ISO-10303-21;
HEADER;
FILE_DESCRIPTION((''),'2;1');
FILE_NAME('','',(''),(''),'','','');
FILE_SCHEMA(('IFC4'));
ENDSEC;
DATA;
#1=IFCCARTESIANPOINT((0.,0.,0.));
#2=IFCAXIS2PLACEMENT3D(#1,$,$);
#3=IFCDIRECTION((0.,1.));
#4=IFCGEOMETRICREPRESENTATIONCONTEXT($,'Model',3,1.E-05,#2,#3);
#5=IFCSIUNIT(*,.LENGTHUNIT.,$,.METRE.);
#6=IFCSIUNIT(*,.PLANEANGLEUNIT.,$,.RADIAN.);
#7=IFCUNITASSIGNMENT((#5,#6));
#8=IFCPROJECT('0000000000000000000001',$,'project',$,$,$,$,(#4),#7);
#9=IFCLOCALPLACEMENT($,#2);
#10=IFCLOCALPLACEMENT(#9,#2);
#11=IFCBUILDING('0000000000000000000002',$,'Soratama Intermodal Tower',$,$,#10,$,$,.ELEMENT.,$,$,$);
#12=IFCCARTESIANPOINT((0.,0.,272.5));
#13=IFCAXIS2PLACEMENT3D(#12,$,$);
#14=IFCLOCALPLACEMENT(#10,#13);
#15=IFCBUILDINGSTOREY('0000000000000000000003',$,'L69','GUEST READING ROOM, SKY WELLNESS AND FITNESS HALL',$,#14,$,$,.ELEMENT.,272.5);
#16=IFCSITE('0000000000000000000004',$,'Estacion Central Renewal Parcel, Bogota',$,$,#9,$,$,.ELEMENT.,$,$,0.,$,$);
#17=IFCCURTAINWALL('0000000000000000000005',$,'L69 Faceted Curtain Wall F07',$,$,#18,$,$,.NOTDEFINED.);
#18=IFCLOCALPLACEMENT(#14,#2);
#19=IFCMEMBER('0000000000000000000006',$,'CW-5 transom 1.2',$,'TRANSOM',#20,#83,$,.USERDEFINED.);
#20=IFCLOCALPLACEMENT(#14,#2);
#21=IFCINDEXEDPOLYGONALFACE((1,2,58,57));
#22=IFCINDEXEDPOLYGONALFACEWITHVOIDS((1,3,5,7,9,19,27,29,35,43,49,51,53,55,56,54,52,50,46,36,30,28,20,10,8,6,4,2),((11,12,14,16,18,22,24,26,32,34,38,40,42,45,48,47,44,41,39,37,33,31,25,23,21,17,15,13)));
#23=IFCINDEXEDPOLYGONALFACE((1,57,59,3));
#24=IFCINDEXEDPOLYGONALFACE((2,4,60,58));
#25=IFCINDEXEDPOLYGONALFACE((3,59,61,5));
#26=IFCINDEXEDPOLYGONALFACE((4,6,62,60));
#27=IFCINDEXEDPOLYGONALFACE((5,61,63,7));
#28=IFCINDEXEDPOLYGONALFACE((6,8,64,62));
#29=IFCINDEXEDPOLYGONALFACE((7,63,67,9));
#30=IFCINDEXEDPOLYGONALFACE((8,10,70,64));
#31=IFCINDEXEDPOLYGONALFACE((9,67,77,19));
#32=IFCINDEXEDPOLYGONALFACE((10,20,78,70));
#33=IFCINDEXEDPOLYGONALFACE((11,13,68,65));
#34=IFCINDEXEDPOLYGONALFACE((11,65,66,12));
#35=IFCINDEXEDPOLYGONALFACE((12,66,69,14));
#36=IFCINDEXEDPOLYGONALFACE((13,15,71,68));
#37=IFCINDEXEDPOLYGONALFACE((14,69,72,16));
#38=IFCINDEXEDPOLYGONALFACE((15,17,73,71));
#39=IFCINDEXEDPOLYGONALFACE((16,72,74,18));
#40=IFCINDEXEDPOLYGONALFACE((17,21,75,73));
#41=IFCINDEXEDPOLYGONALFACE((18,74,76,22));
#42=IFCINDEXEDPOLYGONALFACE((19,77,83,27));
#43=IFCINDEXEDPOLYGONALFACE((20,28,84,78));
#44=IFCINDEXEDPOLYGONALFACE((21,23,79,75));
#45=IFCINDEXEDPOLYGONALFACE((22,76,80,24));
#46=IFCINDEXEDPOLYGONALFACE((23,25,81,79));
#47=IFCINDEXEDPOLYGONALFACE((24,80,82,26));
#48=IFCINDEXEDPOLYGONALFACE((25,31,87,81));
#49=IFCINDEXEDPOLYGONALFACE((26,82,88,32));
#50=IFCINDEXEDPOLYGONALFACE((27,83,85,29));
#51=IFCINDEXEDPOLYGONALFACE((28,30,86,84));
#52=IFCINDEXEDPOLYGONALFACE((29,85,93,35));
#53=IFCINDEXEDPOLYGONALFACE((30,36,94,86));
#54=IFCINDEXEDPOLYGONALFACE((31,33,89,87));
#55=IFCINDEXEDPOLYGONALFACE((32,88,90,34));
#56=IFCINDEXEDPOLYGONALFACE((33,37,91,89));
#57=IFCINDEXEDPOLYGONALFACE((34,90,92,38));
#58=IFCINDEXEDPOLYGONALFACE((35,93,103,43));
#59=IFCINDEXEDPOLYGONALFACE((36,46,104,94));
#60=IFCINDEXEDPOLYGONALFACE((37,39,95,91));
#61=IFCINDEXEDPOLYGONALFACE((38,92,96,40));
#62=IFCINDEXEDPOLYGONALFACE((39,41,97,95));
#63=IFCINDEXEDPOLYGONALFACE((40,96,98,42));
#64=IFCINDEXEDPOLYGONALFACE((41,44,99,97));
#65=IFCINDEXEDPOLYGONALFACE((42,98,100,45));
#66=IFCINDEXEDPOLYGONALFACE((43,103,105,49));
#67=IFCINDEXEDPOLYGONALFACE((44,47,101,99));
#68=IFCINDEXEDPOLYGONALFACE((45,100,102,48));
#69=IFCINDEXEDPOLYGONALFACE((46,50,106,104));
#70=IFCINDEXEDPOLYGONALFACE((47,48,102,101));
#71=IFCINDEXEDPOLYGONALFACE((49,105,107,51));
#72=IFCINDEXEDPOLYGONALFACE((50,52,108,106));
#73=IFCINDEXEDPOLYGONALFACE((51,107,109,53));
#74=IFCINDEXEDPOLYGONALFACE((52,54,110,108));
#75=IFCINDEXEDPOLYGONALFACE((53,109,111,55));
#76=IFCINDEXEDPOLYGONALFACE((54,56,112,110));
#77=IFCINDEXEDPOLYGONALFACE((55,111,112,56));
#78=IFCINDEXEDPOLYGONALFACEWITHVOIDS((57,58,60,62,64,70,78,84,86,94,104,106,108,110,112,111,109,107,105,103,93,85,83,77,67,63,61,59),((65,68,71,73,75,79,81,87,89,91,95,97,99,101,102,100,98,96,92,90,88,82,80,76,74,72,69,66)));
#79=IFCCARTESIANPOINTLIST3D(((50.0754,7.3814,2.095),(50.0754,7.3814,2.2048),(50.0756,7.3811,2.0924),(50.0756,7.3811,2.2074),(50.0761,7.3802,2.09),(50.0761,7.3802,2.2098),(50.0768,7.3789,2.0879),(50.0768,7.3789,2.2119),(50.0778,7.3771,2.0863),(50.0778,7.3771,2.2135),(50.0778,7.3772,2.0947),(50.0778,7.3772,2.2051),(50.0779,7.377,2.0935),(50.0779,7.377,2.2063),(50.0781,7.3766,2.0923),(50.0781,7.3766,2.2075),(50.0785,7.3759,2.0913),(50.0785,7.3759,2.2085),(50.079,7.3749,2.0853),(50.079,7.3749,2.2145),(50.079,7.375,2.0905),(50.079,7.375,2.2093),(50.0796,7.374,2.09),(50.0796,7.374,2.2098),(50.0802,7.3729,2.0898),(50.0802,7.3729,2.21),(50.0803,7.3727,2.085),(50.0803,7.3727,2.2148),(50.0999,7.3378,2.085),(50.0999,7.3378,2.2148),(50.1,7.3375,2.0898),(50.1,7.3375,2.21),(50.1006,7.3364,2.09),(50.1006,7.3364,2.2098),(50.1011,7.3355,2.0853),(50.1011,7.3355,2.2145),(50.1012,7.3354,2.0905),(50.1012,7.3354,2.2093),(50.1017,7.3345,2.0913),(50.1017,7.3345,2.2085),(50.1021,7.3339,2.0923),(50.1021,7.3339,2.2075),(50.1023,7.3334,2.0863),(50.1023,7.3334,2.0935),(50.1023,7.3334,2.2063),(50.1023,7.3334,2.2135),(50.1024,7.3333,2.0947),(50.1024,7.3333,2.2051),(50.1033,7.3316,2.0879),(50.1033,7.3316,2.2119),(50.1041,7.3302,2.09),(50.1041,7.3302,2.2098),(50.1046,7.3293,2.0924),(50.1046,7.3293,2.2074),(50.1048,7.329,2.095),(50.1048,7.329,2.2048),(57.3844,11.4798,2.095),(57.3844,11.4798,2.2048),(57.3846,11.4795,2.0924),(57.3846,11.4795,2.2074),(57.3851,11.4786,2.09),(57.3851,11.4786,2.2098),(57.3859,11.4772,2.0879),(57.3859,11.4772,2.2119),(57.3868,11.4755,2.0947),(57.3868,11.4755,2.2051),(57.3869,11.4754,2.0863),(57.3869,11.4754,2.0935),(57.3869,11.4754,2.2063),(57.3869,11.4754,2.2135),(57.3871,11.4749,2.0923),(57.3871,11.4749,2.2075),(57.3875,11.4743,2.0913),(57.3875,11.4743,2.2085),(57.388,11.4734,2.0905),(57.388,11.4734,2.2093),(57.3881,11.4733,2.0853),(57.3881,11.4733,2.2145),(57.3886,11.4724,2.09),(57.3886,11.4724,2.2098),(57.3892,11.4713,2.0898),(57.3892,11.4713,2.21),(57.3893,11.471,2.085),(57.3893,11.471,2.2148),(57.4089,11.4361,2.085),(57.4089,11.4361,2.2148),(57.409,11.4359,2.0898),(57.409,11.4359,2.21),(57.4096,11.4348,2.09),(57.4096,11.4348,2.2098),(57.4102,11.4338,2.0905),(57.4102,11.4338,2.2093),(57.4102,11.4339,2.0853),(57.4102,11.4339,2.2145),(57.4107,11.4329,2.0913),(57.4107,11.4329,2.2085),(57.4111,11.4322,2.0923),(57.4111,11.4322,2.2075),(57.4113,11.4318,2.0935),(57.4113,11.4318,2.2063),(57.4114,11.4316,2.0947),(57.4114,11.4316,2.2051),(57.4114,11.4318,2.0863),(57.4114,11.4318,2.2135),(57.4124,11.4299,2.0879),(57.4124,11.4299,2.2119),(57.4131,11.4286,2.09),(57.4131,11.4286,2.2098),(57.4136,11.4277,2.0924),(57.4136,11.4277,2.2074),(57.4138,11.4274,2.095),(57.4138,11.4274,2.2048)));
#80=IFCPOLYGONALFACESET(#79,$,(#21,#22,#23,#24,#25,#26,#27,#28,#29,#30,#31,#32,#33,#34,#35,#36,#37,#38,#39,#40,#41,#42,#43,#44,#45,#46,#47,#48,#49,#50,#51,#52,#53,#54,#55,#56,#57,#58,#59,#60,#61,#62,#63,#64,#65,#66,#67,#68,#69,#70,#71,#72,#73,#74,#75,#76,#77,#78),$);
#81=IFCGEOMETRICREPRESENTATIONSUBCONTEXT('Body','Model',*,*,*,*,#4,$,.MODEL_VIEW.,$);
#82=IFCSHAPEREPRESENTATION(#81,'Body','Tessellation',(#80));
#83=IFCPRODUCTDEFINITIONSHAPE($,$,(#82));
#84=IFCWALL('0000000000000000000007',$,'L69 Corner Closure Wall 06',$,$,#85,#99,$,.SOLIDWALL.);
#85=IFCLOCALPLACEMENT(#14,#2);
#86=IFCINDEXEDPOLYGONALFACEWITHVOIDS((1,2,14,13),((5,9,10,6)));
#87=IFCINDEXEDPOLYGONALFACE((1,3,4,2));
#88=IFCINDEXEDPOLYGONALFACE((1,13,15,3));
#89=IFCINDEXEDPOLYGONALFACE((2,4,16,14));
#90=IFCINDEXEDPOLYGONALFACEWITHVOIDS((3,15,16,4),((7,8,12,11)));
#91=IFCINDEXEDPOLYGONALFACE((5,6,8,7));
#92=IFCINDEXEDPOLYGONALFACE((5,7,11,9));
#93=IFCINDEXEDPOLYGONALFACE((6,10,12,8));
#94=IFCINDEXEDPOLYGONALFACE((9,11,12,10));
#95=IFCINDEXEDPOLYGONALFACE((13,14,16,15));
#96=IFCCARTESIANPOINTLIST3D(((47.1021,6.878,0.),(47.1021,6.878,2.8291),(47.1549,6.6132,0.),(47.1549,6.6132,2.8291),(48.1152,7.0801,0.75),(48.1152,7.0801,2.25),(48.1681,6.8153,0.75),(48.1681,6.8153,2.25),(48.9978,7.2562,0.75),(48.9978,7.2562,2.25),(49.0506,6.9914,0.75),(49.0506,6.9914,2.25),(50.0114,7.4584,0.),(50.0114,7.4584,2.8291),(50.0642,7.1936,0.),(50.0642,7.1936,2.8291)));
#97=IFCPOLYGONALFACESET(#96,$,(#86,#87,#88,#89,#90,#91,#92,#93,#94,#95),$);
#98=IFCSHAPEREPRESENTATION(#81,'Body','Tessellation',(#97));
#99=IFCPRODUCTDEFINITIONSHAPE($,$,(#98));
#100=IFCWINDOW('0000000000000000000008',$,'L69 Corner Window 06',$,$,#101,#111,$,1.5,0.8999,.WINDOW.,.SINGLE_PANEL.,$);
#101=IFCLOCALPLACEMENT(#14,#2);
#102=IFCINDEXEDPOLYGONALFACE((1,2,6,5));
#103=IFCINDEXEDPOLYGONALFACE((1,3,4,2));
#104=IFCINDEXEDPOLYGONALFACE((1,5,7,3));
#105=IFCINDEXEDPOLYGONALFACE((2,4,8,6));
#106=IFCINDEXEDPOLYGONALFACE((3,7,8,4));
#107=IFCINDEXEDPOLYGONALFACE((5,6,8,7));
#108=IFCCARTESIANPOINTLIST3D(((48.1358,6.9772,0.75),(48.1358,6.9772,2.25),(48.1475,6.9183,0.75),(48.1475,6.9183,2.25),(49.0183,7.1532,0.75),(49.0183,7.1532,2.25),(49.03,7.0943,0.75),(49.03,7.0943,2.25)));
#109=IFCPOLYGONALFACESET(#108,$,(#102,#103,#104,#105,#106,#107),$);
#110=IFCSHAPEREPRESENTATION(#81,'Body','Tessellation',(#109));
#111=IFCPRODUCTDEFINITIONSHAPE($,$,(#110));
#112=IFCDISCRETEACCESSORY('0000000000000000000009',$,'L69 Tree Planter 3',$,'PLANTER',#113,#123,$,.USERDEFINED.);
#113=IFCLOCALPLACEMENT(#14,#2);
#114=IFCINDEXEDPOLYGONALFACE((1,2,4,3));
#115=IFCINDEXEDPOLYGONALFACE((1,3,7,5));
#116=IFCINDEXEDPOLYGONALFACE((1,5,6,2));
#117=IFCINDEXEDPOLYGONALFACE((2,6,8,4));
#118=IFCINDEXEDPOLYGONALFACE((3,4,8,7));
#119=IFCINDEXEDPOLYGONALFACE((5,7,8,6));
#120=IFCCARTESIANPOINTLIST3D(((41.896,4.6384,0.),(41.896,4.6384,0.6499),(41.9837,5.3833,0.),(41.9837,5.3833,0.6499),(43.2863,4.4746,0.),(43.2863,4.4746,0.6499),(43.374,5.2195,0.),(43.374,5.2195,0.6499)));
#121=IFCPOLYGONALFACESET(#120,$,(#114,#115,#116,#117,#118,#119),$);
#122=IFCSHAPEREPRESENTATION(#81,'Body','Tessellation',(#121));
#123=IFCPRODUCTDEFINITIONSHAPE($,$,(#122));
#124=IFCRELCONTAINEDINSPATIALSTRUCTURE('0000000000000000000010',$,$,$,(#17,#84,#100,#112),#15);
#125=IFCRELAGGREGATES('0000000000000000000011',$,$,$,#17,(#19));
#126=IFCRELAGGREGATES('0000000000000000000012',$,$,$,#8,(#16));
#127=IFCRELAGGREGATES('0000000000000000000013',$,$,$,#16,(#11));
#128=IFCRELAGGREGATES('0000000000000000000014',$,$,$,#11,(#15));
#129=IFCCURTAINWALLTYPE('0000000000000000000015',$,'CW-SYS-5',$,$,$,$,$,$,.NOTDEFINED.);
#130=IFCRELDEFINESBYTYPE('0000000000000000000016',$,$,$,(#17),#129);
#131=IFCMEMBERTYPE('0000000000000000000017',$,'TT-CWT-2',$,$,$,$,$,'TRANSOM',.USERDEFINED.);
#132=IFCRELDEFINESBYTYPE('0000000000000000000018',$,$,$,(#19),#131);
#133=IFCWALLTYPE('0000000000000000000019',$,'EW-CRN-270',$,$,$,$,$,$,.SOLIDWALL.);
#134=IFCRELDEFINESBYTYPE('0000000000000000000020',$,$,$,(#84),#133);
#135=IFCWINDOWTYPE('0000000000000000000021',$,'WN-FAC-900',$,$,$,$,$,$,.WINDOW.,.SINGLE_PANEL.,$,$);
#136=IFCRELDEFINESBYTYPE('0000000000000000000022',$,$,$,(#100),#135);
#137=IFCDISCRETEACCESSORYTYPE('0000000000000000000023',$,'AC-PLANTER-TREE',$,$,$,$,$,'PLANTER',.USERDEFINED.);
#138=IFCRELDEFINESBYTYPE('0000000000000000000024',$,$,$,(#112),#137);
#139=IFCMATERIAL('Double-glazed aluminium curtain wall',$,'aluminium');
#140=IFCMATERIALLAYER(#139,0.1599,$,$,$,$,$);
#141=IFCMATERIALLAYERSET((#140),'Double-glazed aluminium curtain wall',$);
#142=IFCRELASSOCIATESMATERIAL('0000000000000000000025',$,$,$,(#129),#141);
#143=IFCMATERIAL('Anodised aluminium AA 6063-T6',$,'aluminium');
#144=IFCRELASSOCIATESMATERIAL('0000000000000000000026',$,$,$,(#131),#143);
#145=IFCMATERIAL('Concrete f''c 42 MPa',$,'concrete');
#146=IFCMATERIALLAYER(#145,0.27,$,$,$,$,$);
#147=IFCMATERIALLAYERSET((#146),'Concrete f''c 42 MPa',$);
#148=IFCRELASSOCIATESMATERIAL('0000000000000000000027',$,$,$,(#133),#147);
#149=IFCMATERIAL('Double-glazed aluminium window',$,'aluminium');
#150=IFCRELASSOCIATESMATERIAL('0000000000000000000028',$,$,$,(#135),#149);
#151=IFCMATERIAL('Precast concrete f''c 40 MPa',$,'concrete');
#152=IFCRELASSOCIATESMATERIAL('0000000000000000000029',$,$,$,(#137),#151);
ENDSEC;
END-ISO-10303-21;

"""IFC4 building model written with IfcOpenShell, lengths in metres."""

from ifc_helpers import new_model, si_unit, direction, frame, frame_2d, origin, origin_2d, place, context, subcontext, project, spatial, rectangle, hollow_rectangle, extrude, material, layer, layer_set, material_profile, profile_set, type_object, element, fill, aggregate, save


model = new_model("IFC4")

# Units and contexts
model_context = context("Model", 3, precision=1e-05, world=origin(), true_north=direction((0.0, 1.0)))
body_context = subcontext(model_context, "Body", "Model", "MODEL_VIEW")
ifc_project = project(units=[si_unit("LENGTHUNIT", "METRE"), si_unit("PLANEANGLEUNIT", "RADIAN")], contexts=[model_context])

# Site, building, storey
site_placement = place(None, origin())
site = spatial("IfcSite", under=ifc_project, at=site_placement, Name="Estacion Central Renewal Parcel, Bogota", CompositionType="ELEMENT", RefElevation=0.0)
building_placement = place(site_placement, origin())
building = spatial("IfcBuilding", under=site, at=building_placement, Name="Soratama Intermodal Tower", CompositionType="ELEMENT")
storey_placement = place(building_placement, frame((0.0, 0.0, 272.5)))
storey = spatial("IfcBuildingStorey", under=building, at=storey_placement, Name="L69", Description="GUEST READING ROOM, SKY WELLNESS AND FITNESS HALL", CompositionType="ELEMENT", Elevation=272.5)

# Curtain wall, member
ifc_material_1 = material(Name="Double-glazed aluminium curtain wall", Category="aluminium")
ifc_layer_1 = layer(ifc_material_1, 0.1599)
ifc_layer_set_1 = layer_set([ifc_layer_1], Name="Double-glazed aluminium curtain wall")
curtain_wall_type = type_object("IfcCurtainWallType", Name="CW-SYS-5", PredefinedType="NOTDEFINED", material=ifc_layer_set_1)
curtain_wall_placement = place(storey_placement, origin())
curtain_wall = element("IfcCurtainWall", 1, at=curtain_wall_placement, inside=storey, type_object=curtain_wall_type, Name="L69 Faceted Curtain Wall F07", PredefinedType="NOTDEFINED")
ifc_material_2 = material(Name="Anodised aluminium AA 6063-T6", Category="aluminium")
ifc_material_profile_1 = material_profile(ifc_material_2, hollow_rectangle(XDim=0.0601, YDim=0.1299, WallThickness=0.0049, InnerFilletRadius=0.0049, OuterFilletRadius=0.01, at=origin_2d()), Name="CWT130X60X5")
ifc_profile_set_1 = profile_set([ifc_material_profile_1], Name="Anodised aluminium AA 6063-T6")
member_type_1 = type_object("IfcMemberType", Name="TT-CWT-2", ElementType="TRANSOM", PredefinedType="USERDEFINED", material=ifc_profile_set_1)
member_1_placement = place(storey_placement, frame((50.0901, 7.3552, 2.1499), z_axis=(0.872236, 0.489085, 0.0), x_axis=(-0.489085, 0.872236, 0.0)))
member_1 = element("IfcMember", 2, at=member_1_placement, type_object=member_type_1, Name="CW-5 transom 1.2", ObjectType="TRANSOM", PredefinedType="USERDEFINED", context=body_context, shape_type="SweptSolid", body=[
    extrude(hollow_rectangle(XDim=0.0601, YDim=0.1299, WallThickness=0.0049, InnerFilletRadius=0.0049, OuterFilletRadius=0.01, at=origin_2d()), origin(), (0.0, 0.0, 1.0), 8.3796),
])
aggregate(curtain_wall, [member_1])

# Wall, opening, window
ifc_material_3 = material(Name="Concrete f'c 42 MPa", Category="concrete")
ifc_layer_2 = layer(ifc_material_3, 0.27)
ifc_layer_set_2 = layer_set([ifc_layer_2], Name="Concrete f'c 42 MPa")
wall_type = type_object("IfcWallType", Name="EW-CRN-270", PredefinedType="SOLIDWALL", material=ifc_layer_set_2)
wall_placement = place(storey_placement, frame((47.1284, 6.7456, 0.0), z_axis=(0.0, 0.0, 1.0), x_axis=(0.980679, 0.195625, 0.0)))
wall = element("IfcWall", 3, at=wall_placement, inside=storey, type_object=wall_type, Name="L69 Corner Closure Wall 06", PredefinedType="SOLIDWALL", context=body_context, shape_type="SweptSolid", body=[
    extrude(rectangle(XDim=2.9666, YDim=0.27, at=frame_2d((1.4834, 0.0))), origin(), (0.0, 0.0, 1.0), 2.8291),
])
opening_placement = place(wall_placement, frame((1.0332, 0.0, 0.75)))
opening = element("IfcOpeningElement", 4, at=opening_placement, cuts=wall, PredefinedType="OPENING", context=body_context, shape_type="SweptSolid", body=[
    extrude(rectangle(XDim=0.8999, YDim=1.5, at=frame_2d((0.45, 0.75))), frame((0.0, 0.145, 0.0), z_axis=(0.0, -1.0, 0.0), x_axis=(1.0, 0.0, 0.0)), (0.0, 0.0, 1.0), 0.29),
])
ifc_material_4 = material(Name="Double-glazed aluminium window", Category="aluminium")
window_type = type_object("IfcWindowType", Name="WN-FAC-900", PartitioningType="SINGLE_PANEL", PredefinedType="WINDOW", material=ifc_material_4)
window_placement = place(opening_placement, origin())
window = element("IfcWindow", 5, at=window_placement, inside=storey, type_object=window_type, Name="L69 Corner Window 06", OverallHeight=1.5, OverallWidth=0.8999, PartitioningType="SINGLE_PANEL", PredefinedType="WINDOW", context=body_context, shape_type="SweptSolid", body=[
    extrude(rectangle(XDim=0.8999, YDim=1.5, at=frame_2d((0.45, 0.75))), frame((0.0, 0.03, 0.0), z_axis=(0.0, -1.0, 0.0), x_axis=(1.0, 0.0, 0.0)), (0.0, 0.0, 1.0), 0.0601),
])
fill(opening, window)

# Discrete accessory
ifc_material_5 = material(Name="Precast concrete f'c 40 MPa", Category="concrete")
discrete_accessory_type = type_object("IfcDiscreteAccessoryType", Name="AC-PLANTER-TREE", ElementType="PLANTER", PredefinedType="USERDEFINED", material=ifc_material_5)
discrete_accessory_placement = place(storey_placement, frame((42.635, 4.929, 0.0), z_axis=(0.0, 0.0, 1.0), x_axis=(-0.117017, -0.99313, 0.0)))
element("IfcDiscreteAccessory", 6, at=discrete_accessory_placement, inside=storey, type_object=discrete_accessory_type, Name="L69 Tree Planter 3", ObjectType="PLANTER", PredefinedType="USERDEFINED", context=body_context, shape_type="SweptSolid", body=[
    extrude(rectangle(XDim=0.75, YDim=1.3999, at=origin_2d()), origin(), (0.0, 0.0, 1.0), 0.6499),
])

save(model, "model.ifc")
